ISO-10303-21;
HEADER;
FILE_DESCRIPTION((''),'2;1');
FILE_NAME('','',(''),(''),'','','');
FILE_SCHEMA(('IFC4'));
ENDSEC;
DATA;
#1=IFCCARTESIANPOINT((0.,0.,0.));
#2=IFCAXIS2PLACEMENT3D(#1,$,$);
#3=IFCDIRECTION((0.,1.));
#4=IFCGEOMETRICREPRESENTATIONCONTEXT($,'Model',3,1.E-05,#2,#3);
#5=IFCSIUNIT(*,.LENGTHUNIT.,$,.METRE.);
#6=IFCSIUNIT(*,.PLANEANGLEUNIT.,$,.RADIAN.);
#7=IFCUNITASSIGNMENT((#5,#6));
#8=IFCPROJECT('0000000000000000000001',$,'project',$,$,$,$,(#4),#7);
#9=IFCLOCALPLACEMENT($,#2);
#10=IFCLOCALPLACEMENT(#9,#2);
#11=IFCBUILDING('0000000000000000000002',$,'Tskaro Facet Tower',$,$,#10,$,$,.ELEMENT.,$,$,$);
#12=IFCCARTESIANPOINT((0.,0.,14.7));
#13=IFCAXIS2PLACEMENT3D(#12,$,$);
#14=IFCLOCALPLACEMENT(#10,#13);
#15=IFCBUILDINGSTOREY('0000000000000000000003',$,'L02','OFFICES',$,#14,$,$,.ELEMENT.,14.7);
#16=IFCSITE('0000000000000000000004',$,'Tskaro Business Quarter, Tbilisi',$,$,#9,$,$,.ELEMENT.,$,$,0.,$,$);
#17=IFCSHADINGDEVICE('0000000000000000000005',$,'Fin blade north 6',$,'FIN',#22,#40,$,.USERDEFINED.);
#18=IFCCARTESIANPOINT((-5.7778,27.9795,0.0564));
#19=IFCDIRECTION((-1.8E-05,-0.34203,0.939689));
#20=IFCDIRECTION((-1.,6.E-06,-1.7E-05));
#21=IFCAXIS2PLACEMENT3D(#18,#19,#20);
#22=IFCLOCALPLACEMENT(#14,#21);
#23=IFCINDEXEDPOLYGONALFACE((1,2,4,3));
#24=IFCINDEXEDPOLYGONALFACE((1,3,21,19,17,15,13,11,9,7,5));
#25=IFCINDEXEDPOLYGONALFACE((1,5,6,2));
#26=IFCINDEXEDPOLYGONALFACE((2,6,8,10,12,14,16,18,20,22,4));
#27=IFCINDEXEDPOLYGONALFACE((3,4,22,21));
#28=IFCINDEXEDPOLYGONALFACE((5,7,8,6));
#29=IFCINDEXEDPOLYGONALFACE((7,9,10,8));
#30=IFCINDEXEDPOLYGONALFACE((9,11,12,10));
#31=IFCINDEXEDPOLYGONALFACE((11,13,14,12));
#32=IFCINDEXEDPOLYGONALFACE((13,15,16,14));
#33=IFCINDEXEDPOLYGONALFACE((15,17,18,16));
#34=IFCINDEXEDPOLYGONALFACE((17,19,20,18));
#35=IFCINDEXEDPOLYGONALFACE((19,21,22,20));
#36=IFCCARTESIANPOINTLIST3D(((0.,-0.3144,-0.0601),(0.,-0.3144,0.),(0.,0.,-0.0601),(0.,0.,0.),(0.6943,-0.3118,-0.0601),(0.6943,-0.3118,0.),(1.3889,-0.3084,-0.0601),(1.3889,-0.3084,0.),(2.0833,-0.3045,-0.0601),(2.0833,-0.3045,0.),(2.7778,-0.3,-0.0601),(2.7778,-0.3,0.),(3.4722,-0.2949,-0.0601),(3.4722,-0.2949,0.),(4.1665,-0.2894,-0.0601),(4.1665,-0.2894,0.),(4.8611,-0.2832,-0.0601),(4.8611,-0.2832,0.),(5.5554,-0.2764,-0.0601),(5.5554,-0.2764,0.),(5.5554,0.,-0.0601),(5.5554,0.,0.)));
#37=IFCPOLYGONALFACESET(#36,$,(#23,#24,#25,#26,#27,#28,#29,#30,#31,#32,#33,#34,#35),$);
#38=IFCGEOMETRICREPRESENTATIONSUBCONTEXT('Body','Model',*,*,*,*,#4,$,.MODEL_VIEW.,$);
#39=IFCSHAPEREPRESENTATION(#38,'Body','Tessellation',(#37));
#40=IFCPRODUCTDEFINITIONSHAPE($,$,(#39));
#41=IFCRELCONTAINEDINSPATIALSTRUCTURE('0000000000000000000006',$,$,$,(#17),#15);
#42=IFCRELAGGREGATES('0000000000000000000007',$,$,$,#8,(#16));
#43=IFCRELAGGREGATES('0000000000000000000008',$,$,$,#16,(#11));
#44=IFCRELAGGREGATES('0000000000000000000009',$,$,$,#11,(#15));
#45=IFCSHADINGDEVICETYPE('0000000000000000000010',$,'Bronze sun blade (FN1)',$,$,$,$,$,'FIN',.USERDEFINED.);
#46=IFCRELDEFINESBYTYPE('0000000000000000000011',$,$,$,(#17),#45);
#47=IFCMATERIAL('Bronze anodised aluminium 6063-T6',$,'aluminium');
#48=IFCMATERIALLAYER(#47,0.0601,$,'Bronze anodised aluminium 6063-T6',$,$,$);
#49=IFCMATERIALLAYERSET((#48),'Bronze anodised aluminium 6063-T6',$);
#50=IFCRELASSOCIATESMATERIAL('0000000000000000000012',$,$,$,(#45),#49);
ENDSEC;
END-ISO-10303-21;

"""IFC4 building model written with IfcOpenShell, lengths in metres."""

from ifc_helpers import new_model, si_unit, direction, frame, origin, place, context, subcontext, project, spatial, polyline, outline, extrude, material, layer, layer_set, type_object, element, save


model = new_model("IFC4")

# Units and contexts
model_context = context("Model", 3, precision=1e-05, world=origin(), true_north=direction((0.0, 1.0)))
body_context = subcontext(model_context, "Body", "Model", "MODEL_VIEW")
ifc_project = project(units=[si_unit("LENGTHUNIT", "METRE"), si_unit("PLANEANGLEUNIT", "RADIAN")], contexts=[model_context])

# Site, building, storey
site_placement = place(None, origin())
site = spatial("IfcSite", under=ifc_project, at=site_placement, Name="Tskaro Business Quarter, Tbilisi", CompositionType="ELEMENT", RefElevation=0.0)
building_placement = place(site_placement, origin())
building = spatial("IfcBuilding", under=site, at=building_placement, Name="Tskaro Facet Tower", CompositionType="ELEMENT")
storey_placement = place(building_placement, frame((0.0, 0.0, 14.7)))
storey = spatial("IfcBuildingStorey", under=building, at=storey_placement, Name="L02", Description="OFFICES", CompositionType="ELEMENT", Elevation=14.7)

# Shared definitions
ifc_material_1 = material(Name="Bronze anodised aluminium 6063-T6", Category="aluminium")

# Shading device
ifc_layer_1 = layer(ifc_material_1, 0.0601, Name="Bronze anodised aluminium 6063-T6")
ifc_layer_set_1 = layer_set([ifc_layer_1], Name="Bronze anodised aluminium 6063-T6")
shading_device_type = type_object("IfcShadingDeviceType", Name="Bronze sun blade (FN1)", ElementType="FIN", PredefinedType="USERDEFINED", material=ifc_layer_set_1)
shading_device_1_placement = place(storey_placement, frame((-5.7778, 27.9795, 0.0564), z_axis=(-0.000018, -0.34203, 0.939689), x_axis=(-1.0, 0.000006, -0.000017)))
element("IfcShadingDevice", 1, at=shading_device_1_placement, inside=storey, type_object=shading_device_type, Name="Fin blade north 6", ObjectType="FIN", PredefinedType="USERDEFINED", context=body_context, shape_type="SweptSolid", body=[
    extrude(outline(polyline([(0.0, 0.0), (5.5554, 0.0), (5.5554, -0.2764), (4.8611, -0.2832), (4.1665, -0.2894), (3.4722, -0.2949), (2.7778, -0.3), (2.0833, -0.3045), (1.3889, -0.3084), (0.6943, -0.3118), (0.0, -0.3144), (0.0, 0.0)])), origin(), (0.0, 0.0, -1.0), 0.0601),
])

save(model, "model.ifc")
